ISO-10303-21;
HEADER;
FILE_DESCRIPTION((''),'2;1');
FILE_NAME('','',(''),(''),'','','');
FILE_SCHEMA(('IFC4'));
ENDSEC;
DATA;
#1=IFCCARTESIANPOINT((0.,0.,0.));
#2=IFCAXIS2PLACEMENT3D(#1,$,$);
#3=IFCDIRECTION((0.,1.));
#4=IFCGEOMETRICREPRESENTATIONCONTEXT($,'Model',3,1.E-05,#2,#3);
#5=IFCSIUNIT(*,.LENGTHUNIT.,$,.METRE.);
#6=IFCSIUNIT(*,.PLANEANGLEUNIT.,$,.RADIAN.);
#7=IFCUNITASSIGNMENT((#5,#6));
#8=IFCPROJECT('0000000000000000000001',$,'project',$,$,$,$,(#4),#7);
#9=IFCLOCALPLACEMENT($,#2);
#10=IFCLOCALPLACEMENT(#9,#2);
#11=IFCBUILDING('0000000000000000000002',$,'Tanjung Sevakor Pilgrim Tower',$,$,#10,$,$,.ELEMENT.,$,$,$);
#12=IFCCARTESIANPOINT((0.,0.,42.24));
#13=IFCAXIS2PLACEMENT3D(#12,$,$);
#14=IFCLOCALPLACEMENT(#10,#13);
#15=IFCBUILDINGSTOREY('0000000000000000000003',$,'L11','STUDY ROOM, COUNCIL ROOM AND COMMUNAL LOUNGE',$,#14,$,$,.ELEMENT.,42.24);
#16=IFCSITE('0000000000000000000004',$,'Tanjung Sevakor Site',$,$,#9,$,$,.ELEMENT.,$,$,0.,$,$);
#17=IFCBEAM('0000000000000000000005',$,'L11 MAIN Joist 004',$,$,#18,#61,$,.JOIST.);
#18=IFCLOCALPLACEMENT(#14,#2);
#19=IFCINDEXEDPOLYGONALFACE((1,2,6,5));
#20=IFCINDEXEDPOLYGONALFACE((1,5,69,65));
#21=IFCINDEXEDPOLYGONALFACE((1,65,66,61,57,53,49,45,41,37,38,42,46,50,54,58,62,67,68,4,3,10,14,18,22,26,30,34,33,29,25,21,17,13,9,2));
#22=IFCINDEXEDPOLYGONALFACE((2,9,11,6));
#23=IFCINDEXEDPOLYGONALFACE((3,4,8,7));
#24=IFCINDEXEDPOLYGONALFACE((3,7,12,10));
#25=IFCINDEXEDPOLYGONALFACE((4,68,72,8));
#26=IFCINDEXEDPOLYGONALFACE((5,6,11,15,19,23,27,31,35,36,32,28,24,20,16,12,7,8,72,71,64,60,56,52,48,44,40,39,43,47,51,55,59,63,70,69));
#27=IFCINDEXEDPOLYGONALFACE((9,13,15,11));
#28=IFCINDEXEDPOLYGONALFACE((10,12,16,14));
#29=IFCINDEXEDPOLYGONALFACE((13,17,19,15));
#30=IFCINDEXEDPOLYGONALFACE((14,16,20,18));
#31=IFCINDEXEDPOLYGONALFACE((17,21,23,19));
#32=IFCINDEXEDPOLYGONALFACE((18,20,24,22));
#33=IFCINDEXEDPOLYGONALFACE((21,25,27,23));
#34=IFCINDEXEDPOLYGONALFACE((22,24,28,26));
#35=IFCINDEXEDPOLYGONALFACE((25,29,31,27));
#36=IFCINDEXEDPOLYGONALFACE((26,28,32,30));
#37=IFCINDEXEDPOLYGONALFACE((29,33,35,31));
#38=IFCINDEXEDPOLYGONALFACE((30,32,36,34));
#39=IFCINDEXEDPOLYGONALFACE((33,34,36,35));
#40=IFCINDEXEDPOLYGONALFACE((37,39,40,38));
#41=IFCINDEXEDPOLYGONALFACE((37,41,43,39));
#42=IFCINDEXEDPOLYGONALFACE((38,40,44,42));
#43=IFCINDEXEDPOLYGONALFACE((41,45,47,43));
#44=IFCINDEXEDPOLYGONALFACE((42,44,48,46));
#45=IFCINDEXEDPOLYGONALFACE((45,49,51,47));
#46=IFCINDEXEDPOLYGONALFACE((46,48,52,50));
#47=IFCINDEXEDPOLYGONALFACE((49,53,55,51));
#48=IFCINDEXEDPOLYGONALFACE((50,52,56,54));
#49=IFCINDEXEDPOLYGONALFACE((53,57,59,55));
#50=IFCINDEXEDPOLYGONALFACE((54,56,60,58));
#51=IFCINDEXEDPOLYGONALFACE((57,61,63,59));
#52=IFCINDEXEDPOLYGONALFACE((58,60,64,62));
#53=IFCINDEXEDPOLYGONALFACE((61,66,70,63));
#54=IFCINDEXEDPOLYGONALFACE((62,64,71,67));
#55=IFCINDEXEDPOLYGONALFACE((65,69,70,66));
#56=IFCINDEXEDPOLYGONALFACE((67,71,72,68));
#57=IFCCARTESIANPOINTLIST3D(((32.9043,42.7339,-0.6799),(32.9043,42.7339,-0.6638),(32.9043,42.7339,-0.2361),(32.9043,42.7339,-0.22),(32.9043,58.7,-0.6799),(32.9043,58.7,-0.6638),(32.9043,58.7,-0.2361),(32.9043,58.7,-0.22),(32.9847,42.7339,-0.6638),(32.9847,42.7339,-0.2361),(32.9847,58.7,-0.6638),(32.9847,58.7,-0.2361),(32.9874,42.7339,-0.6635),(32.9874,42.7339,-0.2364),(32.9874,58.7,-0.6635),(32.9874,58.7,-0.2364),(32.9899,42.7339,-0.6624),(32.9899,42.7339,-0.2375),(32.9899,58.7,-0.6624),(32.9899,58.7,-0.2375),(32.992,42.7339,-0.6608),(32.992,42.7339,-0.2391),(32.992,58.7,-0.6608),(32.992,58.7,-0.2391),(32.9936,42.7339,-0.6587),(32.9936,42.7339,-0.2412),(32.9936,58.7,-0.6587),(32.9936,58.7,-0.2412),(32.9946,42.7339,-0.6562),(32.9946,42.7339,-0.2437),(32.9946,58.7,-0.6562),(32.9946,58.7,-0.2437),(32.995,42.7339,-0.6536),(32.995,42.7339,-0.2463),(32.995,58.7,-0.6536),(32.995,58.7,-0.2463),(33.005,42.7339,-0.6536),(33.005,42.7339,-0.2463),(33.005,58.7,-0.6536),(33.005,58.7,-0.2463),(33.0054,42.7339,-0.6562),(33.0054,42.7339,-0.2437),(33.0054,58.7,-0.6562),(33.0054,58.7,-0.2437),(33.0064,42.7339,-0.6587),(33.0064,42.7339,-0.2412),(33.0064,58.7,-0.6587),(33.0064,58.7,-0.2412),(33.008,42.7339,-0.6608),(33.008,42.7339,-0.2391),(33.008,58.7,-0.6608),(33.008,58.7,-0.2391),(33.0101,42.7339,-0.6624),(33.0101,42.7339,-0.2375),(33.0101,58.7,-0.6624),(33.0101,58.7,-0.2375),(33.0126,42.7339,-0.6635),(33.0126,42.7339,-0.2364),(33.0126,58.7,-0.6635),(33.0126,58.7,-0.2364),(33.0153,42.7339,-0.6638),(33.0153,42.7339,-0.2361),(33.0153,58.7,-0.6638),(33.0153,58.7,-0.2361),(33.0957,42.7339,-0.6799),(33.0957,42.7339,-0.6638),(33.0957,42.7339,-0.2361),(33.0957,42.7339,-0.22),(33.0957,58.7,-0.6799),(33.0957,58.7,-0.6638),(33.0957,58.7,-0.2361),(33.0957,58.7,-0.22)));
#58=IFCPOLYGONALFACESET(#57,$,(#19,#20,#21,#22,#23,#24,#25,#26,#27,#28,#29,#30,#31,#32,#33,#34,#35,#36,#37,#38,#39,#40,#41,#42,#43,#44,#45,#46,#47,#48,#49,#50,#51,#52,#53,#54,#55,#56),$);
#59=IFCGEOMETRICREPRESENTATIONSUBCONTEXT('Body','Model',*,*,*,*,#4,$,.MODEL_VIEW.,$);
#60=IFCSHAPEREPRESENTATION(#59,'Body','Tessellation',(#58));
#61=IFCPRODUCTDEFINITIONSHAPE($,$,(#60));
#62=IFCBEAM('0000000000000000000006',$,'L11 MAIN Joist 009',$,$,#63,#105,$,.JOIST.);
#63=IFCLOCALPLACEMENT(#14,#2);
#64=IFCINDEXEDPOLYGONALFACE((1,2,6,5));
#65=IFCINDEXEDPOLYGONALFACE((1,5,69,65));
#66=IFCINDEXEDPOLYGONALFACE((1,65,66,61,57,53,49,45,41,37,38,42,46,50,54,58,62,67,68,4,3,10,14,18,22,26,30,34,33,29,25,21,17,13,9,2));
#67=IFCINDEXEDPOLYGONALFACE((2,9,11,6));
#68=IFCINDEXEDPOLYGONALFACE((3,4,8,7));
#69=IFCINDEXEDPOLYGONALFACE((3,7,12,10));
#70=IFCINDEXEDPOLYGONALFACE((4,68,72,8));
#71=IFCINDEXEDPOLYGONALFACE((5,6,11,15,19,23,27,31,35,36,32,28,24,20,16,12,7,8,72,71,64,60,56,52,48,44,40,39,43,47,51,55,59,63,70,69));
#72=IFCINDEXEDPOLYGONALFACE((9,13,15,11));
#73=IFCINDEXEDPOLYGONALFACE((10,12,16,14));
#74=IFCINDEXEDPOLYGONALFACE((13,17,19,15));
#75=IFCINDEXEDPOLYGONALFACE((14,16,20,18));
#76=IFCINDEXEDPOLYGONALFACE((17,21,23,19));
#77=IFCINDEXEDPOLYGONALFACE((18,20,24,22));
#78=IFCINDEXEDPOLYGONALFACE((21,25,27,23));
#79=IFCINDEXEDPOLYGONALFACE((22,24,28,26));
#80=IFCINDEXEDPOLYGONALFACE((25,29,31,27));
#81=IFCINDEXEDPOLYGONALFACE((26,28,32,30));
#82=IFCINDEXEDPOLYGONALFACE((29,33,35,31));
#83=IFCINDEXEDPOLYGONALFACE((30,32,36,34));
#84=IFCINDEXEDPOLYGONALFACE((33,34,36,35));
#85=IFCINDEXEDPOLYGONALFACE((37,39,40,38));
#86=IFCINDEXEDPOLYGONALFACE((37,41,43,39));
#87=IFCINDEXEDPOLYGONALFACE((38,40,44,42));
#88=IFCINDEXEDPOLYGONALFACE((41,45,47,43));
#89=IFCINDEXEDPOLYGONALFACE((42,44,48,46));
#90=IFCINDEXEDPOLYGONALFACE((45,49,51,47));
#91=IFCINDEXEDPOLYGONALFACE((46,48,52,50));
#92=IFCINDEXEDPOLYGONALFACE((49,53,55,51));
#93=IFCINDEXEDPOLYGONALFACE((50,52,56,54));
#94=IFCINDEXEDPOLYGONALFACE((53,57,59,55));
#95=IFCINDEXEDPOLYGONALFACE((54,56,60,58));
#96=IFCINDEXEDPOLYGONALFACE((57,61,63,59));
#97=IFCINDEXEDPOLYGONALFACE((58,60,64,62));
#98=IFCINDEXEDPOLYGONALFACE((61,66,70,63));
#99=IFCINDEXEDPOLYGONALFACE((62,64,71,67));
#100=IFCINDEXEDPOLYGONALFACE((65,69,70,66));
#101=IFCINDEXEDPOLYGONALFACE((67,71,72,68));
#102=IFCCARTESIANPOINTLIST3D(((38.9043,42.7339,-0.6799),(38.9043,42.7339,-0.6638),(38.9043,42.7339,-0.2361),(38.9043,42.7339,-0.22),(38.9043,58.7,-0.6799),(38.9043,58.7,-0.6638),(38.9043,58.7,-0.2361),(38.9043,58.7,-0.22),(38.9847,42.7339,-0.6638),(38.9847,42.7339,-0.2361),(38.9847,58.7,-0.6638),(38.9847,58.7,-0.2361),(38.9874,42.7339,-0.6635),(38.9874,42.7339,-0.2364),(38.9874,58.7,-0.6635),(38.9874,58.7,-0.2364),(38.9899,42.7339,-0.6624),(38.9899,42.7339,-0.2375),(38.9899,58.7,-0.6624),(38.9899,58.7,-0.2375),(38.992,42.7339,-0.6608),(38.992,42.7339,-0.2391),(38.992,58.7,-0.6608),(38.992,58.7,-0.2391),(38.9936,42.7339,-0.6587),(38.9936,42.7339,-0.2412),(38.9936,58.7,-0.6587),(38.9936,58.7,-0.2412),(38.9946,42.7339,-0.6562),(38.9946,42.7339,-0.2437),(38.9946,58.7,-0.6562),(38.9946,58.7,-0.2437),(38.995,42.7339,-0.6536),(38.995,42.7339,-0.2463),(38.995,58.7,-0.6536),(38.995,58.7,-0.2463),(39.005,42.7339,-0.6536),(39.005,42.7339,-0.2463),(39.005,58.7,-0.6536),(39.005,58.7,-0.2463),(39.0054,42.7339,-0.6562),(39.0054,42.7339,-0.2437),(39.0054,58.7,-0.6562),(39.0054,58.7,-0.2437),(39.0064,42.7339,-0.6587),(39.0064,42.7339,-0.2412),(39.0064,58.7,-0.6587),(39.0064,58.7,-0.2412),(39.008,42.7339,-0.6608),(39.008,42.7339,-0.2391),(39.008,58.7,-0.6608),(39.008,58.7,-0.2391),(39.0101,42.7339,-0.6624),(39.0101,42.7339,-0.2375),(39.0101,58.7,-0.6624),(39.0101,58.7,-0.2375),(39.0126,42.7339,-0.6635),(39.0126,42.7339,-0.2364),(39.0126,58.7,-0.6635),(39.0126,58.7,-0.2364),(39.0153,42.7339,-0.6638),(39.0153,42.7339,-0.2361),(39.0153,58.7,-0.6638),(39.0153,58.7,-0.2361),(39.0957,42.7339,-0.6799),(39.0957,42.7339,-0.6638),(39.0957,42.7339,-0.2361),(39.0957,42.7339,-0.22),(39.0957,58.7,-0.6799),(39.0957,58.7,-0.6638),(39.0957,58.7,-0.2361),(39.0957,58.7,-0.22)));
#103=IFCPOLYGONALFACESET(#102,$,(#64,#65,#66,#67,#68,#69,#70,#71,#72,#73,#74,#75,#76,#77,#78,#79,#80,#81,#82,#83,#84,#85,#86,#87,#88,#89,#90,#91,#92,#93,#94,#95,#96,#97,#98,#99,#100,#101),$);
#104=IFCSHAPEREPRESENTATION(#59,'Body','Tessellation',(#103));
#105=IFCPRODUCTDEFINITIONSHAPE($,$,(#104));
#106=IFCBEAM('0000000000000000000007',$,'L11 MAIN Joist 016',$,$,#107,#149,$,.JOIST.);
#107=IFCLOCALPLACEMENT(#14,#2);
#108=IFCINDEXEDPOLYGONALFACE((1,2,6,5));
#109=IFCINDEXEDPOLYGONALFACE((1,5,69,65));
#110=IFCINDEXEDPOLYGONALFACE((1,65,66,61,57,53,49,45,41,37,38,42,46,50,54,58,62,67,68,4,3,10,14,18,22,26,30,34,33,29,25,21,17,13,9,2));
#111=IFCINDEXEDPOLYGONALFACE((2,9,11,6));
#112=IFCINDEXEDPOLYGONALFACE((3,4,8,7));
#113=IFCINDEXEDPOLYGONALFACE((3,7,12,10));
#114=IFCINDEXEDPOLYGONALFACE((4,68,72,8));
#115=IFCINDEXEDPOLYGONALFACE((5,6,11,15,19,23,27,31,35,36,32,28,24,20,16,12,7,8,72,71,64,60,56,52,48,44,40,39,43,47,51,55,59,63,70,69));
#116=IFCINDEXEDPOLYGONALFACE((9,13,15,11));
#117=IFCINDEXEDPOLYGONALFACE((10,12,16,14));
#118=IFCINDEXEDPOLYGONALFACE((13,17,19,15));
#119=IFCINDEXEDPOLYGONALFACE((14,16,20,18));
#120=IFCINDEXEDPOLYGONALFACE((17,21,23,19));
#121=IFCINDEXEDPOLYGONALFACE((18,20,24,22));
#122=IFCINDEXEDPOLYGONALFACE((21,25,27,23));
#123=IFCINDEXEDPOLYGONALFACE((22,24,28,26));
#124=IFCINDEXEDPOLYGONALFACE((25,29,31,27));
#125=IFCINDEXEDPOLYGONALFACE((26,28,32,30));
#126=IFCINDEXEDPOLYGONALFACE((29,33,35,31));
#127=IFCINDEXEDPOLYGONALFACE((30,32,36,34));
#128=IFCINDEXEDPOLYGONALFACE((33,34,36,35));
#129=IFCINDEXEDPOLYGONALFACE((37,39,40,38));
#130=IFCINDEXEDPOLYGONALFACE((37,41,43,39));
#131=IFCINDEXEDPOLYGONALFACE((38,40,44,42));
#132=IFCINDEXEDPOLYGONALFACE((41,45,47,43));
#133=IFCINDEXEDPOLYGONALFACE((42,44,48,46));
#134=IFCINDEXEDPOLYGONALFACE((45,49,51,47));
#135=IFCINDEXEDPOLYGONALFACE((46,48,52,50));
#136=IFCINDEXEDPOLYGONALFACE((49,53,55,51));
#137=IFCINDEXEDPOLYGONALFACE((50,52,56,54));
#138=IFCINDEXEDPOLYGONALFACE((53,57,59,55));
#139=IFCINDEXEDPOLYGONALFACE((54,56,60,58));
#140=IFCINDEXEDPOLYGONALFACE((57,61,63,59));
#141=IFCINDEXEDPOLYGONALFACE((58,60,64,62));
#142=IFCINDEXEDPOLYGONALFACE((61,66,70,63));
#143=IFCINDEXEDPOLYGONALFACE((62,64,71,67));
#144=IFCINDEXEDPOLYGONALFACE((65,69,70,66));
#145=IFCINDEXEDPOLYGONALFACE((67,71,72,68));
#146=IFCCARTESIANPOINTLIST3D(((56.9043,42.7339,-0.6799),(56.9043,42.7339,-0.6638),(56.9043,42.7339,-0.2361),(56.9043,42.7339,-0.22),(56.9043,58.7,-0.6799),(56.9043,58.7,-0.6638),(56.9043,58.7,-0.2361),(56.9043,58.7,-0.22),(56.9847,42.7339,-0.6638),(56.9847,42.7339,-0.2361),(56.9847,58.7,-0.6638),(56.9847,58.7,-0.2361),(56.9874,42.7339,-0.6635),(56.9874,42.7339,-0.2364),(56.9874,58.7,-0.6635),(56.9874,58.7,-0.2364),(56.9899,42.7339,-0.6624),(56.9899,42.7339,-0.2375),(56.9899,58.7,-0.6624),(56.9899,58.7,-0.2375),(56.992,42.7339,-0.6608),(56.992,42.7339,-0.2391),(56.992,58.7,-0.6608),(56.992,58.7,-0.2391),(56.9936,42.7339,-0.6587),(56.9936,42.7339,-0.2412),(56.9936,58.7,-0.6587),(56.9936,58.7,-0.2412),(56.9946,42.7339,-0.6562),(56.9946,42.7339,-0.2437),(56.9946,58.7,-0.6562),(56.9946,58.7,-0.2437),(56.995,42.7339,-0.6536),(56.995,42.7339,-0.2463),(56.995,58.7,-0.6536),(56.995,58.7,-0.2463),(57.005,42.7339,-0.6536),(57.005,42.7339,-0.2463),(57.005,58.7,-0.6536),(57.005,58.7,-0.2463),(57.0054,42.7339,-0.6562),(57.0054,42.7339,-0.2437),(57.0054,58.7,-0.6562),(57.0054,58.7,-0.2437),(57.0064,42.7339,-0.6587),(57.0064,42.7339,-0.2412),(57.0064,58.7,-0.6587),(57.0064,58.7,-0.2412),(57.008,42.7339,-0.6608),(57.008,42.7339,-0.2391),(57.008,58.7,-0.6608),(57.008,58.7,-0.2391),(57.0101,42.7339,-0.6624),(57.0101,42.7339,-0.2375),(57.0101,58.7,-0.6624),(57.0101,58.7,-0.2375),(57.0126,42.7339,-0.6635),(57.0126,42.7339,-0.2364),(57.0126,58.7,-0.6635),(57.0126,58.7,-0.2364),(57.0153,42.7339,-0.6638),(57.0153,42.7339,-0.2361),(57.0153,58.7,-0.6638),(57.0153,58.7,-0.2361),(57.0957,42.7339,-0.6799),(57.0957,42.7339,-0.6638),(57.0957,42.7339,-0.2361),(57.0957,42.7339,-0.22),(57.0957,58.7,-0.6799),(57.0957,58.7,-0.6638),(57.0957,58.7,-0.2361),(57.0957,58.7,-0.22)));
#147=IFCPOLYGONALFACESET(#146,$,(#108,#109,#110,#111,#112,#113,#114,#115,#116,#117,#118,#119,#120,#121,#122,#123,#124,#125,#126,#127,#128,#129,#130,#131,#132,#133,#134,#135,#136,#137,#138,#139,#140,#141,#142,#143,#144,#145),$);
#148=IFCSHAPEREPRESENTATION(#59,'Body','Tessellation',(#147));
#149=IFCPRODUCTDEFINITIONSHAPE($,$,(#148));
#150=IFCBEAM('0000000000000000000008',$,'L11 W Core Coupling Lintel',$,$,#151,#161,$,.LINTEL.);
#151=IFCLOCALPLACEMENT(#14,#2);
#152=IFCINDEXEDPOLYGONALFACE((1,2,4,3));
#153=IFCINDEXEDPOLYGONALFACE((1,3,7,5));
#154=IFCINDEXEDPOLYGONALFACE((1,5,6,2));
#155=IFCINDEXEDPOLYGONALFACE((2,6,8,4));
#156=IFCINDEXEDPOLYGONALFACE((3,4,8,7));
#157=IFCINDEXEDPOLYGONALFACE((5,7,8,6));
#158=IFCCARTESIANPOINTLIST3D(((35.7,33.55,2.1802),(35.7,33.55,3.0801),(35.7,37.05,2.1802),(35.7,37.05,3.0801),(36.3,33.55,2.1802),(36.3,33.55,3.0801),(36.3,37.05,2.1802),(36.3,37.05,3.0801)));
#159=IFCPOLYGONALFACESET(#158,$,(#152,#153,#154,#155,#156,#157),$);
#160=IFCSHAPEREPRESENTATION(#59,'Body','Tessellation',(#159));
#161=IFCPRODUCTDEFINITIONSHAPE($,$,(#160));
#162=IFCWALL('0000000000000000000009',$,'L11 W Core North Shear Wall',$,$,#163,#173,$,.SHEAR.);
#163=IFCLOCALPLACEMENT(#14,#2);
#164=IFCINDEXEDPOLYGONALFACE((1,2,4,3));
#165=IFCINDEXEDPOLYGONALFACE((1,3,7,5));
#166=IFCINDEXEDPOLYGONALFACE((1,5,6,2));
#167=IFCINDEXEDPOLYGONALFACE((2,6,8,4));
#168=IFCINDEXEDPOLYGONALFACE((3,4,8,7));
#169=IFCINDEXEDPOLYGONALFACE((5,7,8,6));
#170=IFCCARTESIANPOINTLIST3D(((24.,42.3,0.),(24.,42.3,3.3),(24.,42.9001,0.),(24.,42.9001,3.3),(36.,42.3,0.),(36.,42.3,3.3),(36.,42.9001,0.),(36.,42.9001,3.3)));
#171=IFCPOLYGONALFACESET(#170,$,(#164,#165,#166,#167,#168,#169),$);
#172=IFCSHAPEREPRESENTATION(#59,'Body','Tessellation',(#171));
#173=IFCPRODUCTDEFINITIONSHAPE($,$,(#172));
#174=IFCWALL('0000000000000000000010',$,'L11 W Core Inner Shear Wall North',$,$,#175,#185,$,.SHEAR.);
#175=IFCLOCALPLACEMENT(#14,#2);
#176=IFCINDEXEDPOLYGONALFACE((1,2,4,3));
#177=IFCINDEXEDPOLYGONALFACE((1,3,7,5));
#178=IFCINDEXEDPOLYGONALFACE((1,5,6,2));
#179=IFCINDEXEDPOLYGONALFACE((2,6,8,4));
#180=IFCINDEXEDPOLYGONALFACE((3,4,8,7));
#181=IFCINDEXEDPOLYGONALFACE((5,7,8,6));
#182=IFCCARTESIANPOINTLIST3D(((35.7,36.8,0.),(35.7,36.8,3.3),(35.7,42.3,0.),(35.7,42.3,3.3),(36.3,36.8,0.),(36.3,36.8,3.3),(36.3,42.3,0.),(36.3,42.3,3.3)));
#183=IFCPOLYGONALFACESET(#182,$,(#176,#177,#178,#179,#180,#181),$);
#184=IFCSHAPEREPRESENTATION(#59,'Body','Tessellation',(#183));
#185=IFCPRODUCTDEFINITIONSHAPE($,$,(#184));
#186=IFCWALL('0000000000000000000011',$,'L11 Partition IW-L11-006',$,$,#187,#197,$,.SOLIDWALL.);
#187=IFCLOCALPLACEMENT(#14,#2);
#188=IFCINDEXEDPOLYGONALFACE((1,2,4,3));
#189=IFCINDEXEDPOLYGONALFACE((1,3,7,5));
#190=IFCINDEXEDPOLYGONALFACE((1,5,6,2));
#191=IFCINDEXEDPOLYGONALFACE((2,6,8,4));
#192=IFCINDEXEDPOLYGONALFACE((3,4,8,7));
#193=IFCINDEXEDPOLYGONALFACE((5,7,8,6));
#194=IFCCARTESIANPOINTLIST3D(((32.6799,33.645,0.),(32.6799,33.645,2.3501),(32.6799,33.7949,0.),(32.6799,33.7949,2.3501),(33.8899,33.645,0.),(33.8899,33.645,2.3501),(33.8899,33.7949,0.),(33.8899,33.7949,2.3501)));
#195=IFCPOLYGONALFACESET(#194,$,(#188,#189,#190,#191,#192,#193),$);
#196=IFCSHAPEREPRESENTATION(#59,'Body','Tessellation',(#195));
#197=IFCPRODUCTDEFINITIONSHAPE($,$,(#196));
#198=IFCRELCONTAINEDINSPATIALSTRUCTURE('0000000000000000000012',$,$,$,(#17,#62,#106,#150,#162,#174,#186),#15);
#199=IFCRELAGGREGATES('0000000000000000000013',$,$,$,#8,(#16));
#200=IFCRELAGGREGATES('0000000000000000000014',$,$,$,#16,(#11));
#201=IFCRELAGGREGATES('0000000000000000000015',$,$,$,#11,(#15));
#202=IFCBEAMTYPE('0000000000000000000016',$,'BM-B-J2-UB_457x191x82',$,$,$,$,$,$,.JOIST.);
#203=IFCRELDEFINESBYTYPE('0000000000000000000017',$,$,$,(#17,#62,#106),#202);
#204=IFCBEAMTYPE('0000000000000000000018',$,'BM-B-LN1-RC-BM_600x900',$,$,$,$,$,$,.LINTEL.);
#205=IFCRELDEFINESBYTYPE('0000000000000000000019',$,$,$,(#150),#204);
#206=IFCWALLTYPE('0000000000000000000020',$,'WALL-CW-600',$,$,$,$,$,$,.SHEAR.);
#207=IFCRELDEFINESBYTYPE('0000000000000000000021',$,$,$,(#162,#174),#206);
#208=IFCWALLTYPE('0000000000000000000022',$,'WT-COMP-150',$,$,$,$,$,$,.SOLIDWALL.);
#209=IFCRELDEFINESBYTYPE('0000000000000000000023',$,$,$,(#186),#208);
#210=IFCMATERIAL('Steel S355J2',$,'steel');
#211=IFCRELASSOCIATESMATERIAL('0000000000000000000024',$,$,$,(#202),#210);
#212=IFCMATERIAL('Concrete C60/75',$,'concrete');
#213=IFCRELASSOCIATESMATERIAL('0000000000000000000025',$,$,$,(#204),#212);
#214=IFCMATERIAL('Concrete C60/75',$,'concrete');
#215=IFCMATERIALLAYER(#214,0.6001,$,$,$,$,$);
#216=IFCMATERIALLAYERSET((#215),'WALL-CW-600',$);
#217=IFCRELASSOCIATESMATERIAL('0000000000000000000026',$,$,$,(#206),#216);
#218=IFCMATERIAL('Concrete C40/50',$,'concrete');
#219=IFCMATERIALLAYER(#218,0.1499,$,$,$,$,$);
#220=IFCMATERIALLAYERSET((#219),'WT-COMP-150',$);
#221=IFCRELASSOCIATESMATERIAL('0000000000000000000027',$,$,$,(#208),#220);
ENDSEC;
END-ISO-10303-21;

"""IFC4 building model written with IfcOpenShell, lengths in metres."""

from ifc_helpers import new_model, si_unit, direction, frame, frame_2d, origin, origin_2d, place, context, subcontext, project, spatial, rectangle, i_section, extrude, material, layer, layer_set, material_profile, profile_set, type_object, element, save


model = new_model("IFC4")

# Units and contexts
model_context = context("Model", 3, precision=1e-05, world=origin(), true_north=direction((0.0, 1.0)))
body_context = subcontext(model_context, "Body", "Model", "MODEL_VIEW")
ifc_project = project(units=[si_unit("LENGTHUNIT", "METRE"), si_unit("PLANEANGLEUNIT", "RADIAN")], contexts=[model_context])

# Site, building, storey
site_placement = place(None, origin())
site = spatial("IfcSite", under=ifc_project, at=site_placement, Name="Tanjung Sevakor Site", CompositionType="ELEMENT", RefElevation=0.0)
building_placement = place(site_placement, origin())
building = spatial("IfcBuilding", under=site, at=building_placement, Name="Tanjung Sevakor Pilgrim Tower", CompositionType="ELEMENT")
storey_placement = place(building_placement, frame((0.0, 0.0, 42.24)))
storey = spatial("IfcBuildingStorey", under=building, at=storey_placement, Name="L11", Description="STUDY ROOM, COUNCIL ROOM AND COMMUNAL LOUNGE", CompositionType="ELEMENT", Elevation=42.24)

# Beams
ifc_material_1 = material(Name="Steel S355J2", Category="steel")
ifc_material_profile_1 = material_profile(ifc_material_1, i_section(OverallWidth=0.1914, OverallDepth=0.46, WebThickness=0.01, FlangeThickness=0.0161, FilletRadius=0.0103, at=origin_2d()))
ifc_profile_set_1 = profile_set([ifc_material_profile_1], Name="Steel S355J2")
beam_type_1 = type_object("IfcBeamType", Name="BM-B-J2-UB_457x191x82", PredefinedType="JOIST", material=ifc_profile_set_1)
for number, where, z_axis, x_axis, name in (
    (1, (33.0, 42.7339, -0.45), (0.0, 1.0, 0.0), (-1.0, 0.0, 0.0), "L11 MAIN Joist 004"),
    (2, (39.0, 42.7339, -0.45), (0.0, 1.0, 0.0), (-1.0, 0.0, 0.0), "L11 MAIN Joist 009"),
    (3, (57.0, 42.7339, -0.45), (0.0, 1.0, 0.0), (-1.0, 0.0, 0.0), "L11 MAIN Joist 016"),
):
    element("IfcBeam", number, at=place(storey_placement, frame(where, z_axis=z_axis, x_axis=x_axis)), inside=storey, type_object=beam_type_1, Name=name, PredefinedType="JOIST", context=body_context, shape_type="SweptSolid", body=[
        extrude(i_section(OverallWidth=0.1914, OverallDepth=0.46, WebThickness=0.01, FlangeThickness=0.0161, FilletRadius=0.0103, at=origin_2d()), origin(), (0.0, 0.0, 1.0), 15.9661),
    ])
ifc_material_2 = material(Name="Concrete C60/75", Category="concrete")
ifc_material_profile_2 = material_profile(ifc_material_2, rectangle(XDim=0.6001, YDim=0.8999, at=origin_2d()))
ifc_profile_set_2 = profile_set([ifc_material_profile_2], Name="Concrete C60/75")
beam_type_2 = type_object("IfcBeamType", Name="BM-B-LN1-RC-BM_600x900", PredefinedType="LINTEL", material=ifc_profile_set_2)
beam_1_placement = place(storey_placement, frame((36.0, 33.55, 2.6301), z_axis=(0.0, 1.0, 0.0), x_axis=(-1.0, 0.0, 0.0)))
element("IfcBeam", 4, at=beam_1_placement, inside=storey, type_object=beam_type_2, Name="L11 W Core Coupling Lintel", PredefinedType="LINTEL", context=body_context, shape_type="SweptSolid", body=[
    extrude(rectangle(XDim=0.6001, YDim=0.8999, at=origin_2d()), origin(), (0.0, 0.0, 1.0), 3.5),
])

# Walls
ifc_material_3 = material(Name="Concrete C60/75", Category="concrete")
ifc_layer_1 = layer(ifc_material_3, 0.6001)
ifc_layer_set_1 = layer_set([ifc_layer_1], Name="WALL-CW-600")
wall_type_1 = type_object("IfcWallType", Name="WALL-CW-600", PredefinedType="SHEAR", material=ifc_layer_set_1)
wall_1_placement = place(storey_placement, frame((36.0, 42.6001, 0.0), z_axis=(0.0, 0.0, 1.0), x_axis=(-1.0, 0.0, 0.0)))
element("IfcWall", 5, at=wall_1_placement, inside=storey, type_object=wall_type_1, Name="L11 W Core North Shear Wall", PredefinedType="SHEAR", context=body_context, shape_type="SweptSolid", body=[
    extrude(rectangle(XDim=12.0, YDim=0.6001, at=frame_2d((6.0, 0.0))), origin(), (0.0, 0.0, 1.0), 3.3),
])
wall_2_placement = place(storey_placement, frame((36.0, 36.8, 0.0), z_axis=(0.0, 0.0, 1.0), x_axis=(0.0, 1.0, 0.0)))
element("IfcWall", 6, at=wall_2_placement, inside=storey, type_object=wall_type_1, Name="L11 W Core Inner Shear Wall North", PredefinedType="SHEAR", context=body_context, shape_type="SweptSolid", body=[
    extrude(rectangle(XDim=5.5, YDim=0.6001, at=frame_2d((2.75, 0.0))), origin(), (0.0, 0.0, 1.0), 3.3),
])
ifc_material_4 = material(Name="Concrete C40/50", Category="concrete")
ifc_layer_2 = layer(ifc_material_4, 0.1499)
ifc_layer_set_2 = layer_set([ifc_layer_2], Name="WT-COMP-150")
wall_type_2 = type_object("IfcWallType", Name="WT-COMP-150", PredefinedType="SOLIDWALL", material=ifc_layer_set_2)
wall_3_placement = place(storey_placement, frame((32.6799, 33.72, 0.0), z_axis=(0.0, 0.0, 1.0), x_axis=(1.0, 0.0, 0.0)))
element("IfcWall", 7, at=wall_3_placement, inside=storey, type_object=wall_type_2, Name="L11 Partition IW-L11-006", PredefinedType="SOLIDWALL", context=body_context, shape_type="SweptSolid", body=[
    extrude(rectangle(XDim=1.21, YDim=0.1499, at=frame_2d((0.605, 0.0))), origin(), (0.0, 0.0, 1.0), 2.3501),
])

save(model, "model.ifc")
